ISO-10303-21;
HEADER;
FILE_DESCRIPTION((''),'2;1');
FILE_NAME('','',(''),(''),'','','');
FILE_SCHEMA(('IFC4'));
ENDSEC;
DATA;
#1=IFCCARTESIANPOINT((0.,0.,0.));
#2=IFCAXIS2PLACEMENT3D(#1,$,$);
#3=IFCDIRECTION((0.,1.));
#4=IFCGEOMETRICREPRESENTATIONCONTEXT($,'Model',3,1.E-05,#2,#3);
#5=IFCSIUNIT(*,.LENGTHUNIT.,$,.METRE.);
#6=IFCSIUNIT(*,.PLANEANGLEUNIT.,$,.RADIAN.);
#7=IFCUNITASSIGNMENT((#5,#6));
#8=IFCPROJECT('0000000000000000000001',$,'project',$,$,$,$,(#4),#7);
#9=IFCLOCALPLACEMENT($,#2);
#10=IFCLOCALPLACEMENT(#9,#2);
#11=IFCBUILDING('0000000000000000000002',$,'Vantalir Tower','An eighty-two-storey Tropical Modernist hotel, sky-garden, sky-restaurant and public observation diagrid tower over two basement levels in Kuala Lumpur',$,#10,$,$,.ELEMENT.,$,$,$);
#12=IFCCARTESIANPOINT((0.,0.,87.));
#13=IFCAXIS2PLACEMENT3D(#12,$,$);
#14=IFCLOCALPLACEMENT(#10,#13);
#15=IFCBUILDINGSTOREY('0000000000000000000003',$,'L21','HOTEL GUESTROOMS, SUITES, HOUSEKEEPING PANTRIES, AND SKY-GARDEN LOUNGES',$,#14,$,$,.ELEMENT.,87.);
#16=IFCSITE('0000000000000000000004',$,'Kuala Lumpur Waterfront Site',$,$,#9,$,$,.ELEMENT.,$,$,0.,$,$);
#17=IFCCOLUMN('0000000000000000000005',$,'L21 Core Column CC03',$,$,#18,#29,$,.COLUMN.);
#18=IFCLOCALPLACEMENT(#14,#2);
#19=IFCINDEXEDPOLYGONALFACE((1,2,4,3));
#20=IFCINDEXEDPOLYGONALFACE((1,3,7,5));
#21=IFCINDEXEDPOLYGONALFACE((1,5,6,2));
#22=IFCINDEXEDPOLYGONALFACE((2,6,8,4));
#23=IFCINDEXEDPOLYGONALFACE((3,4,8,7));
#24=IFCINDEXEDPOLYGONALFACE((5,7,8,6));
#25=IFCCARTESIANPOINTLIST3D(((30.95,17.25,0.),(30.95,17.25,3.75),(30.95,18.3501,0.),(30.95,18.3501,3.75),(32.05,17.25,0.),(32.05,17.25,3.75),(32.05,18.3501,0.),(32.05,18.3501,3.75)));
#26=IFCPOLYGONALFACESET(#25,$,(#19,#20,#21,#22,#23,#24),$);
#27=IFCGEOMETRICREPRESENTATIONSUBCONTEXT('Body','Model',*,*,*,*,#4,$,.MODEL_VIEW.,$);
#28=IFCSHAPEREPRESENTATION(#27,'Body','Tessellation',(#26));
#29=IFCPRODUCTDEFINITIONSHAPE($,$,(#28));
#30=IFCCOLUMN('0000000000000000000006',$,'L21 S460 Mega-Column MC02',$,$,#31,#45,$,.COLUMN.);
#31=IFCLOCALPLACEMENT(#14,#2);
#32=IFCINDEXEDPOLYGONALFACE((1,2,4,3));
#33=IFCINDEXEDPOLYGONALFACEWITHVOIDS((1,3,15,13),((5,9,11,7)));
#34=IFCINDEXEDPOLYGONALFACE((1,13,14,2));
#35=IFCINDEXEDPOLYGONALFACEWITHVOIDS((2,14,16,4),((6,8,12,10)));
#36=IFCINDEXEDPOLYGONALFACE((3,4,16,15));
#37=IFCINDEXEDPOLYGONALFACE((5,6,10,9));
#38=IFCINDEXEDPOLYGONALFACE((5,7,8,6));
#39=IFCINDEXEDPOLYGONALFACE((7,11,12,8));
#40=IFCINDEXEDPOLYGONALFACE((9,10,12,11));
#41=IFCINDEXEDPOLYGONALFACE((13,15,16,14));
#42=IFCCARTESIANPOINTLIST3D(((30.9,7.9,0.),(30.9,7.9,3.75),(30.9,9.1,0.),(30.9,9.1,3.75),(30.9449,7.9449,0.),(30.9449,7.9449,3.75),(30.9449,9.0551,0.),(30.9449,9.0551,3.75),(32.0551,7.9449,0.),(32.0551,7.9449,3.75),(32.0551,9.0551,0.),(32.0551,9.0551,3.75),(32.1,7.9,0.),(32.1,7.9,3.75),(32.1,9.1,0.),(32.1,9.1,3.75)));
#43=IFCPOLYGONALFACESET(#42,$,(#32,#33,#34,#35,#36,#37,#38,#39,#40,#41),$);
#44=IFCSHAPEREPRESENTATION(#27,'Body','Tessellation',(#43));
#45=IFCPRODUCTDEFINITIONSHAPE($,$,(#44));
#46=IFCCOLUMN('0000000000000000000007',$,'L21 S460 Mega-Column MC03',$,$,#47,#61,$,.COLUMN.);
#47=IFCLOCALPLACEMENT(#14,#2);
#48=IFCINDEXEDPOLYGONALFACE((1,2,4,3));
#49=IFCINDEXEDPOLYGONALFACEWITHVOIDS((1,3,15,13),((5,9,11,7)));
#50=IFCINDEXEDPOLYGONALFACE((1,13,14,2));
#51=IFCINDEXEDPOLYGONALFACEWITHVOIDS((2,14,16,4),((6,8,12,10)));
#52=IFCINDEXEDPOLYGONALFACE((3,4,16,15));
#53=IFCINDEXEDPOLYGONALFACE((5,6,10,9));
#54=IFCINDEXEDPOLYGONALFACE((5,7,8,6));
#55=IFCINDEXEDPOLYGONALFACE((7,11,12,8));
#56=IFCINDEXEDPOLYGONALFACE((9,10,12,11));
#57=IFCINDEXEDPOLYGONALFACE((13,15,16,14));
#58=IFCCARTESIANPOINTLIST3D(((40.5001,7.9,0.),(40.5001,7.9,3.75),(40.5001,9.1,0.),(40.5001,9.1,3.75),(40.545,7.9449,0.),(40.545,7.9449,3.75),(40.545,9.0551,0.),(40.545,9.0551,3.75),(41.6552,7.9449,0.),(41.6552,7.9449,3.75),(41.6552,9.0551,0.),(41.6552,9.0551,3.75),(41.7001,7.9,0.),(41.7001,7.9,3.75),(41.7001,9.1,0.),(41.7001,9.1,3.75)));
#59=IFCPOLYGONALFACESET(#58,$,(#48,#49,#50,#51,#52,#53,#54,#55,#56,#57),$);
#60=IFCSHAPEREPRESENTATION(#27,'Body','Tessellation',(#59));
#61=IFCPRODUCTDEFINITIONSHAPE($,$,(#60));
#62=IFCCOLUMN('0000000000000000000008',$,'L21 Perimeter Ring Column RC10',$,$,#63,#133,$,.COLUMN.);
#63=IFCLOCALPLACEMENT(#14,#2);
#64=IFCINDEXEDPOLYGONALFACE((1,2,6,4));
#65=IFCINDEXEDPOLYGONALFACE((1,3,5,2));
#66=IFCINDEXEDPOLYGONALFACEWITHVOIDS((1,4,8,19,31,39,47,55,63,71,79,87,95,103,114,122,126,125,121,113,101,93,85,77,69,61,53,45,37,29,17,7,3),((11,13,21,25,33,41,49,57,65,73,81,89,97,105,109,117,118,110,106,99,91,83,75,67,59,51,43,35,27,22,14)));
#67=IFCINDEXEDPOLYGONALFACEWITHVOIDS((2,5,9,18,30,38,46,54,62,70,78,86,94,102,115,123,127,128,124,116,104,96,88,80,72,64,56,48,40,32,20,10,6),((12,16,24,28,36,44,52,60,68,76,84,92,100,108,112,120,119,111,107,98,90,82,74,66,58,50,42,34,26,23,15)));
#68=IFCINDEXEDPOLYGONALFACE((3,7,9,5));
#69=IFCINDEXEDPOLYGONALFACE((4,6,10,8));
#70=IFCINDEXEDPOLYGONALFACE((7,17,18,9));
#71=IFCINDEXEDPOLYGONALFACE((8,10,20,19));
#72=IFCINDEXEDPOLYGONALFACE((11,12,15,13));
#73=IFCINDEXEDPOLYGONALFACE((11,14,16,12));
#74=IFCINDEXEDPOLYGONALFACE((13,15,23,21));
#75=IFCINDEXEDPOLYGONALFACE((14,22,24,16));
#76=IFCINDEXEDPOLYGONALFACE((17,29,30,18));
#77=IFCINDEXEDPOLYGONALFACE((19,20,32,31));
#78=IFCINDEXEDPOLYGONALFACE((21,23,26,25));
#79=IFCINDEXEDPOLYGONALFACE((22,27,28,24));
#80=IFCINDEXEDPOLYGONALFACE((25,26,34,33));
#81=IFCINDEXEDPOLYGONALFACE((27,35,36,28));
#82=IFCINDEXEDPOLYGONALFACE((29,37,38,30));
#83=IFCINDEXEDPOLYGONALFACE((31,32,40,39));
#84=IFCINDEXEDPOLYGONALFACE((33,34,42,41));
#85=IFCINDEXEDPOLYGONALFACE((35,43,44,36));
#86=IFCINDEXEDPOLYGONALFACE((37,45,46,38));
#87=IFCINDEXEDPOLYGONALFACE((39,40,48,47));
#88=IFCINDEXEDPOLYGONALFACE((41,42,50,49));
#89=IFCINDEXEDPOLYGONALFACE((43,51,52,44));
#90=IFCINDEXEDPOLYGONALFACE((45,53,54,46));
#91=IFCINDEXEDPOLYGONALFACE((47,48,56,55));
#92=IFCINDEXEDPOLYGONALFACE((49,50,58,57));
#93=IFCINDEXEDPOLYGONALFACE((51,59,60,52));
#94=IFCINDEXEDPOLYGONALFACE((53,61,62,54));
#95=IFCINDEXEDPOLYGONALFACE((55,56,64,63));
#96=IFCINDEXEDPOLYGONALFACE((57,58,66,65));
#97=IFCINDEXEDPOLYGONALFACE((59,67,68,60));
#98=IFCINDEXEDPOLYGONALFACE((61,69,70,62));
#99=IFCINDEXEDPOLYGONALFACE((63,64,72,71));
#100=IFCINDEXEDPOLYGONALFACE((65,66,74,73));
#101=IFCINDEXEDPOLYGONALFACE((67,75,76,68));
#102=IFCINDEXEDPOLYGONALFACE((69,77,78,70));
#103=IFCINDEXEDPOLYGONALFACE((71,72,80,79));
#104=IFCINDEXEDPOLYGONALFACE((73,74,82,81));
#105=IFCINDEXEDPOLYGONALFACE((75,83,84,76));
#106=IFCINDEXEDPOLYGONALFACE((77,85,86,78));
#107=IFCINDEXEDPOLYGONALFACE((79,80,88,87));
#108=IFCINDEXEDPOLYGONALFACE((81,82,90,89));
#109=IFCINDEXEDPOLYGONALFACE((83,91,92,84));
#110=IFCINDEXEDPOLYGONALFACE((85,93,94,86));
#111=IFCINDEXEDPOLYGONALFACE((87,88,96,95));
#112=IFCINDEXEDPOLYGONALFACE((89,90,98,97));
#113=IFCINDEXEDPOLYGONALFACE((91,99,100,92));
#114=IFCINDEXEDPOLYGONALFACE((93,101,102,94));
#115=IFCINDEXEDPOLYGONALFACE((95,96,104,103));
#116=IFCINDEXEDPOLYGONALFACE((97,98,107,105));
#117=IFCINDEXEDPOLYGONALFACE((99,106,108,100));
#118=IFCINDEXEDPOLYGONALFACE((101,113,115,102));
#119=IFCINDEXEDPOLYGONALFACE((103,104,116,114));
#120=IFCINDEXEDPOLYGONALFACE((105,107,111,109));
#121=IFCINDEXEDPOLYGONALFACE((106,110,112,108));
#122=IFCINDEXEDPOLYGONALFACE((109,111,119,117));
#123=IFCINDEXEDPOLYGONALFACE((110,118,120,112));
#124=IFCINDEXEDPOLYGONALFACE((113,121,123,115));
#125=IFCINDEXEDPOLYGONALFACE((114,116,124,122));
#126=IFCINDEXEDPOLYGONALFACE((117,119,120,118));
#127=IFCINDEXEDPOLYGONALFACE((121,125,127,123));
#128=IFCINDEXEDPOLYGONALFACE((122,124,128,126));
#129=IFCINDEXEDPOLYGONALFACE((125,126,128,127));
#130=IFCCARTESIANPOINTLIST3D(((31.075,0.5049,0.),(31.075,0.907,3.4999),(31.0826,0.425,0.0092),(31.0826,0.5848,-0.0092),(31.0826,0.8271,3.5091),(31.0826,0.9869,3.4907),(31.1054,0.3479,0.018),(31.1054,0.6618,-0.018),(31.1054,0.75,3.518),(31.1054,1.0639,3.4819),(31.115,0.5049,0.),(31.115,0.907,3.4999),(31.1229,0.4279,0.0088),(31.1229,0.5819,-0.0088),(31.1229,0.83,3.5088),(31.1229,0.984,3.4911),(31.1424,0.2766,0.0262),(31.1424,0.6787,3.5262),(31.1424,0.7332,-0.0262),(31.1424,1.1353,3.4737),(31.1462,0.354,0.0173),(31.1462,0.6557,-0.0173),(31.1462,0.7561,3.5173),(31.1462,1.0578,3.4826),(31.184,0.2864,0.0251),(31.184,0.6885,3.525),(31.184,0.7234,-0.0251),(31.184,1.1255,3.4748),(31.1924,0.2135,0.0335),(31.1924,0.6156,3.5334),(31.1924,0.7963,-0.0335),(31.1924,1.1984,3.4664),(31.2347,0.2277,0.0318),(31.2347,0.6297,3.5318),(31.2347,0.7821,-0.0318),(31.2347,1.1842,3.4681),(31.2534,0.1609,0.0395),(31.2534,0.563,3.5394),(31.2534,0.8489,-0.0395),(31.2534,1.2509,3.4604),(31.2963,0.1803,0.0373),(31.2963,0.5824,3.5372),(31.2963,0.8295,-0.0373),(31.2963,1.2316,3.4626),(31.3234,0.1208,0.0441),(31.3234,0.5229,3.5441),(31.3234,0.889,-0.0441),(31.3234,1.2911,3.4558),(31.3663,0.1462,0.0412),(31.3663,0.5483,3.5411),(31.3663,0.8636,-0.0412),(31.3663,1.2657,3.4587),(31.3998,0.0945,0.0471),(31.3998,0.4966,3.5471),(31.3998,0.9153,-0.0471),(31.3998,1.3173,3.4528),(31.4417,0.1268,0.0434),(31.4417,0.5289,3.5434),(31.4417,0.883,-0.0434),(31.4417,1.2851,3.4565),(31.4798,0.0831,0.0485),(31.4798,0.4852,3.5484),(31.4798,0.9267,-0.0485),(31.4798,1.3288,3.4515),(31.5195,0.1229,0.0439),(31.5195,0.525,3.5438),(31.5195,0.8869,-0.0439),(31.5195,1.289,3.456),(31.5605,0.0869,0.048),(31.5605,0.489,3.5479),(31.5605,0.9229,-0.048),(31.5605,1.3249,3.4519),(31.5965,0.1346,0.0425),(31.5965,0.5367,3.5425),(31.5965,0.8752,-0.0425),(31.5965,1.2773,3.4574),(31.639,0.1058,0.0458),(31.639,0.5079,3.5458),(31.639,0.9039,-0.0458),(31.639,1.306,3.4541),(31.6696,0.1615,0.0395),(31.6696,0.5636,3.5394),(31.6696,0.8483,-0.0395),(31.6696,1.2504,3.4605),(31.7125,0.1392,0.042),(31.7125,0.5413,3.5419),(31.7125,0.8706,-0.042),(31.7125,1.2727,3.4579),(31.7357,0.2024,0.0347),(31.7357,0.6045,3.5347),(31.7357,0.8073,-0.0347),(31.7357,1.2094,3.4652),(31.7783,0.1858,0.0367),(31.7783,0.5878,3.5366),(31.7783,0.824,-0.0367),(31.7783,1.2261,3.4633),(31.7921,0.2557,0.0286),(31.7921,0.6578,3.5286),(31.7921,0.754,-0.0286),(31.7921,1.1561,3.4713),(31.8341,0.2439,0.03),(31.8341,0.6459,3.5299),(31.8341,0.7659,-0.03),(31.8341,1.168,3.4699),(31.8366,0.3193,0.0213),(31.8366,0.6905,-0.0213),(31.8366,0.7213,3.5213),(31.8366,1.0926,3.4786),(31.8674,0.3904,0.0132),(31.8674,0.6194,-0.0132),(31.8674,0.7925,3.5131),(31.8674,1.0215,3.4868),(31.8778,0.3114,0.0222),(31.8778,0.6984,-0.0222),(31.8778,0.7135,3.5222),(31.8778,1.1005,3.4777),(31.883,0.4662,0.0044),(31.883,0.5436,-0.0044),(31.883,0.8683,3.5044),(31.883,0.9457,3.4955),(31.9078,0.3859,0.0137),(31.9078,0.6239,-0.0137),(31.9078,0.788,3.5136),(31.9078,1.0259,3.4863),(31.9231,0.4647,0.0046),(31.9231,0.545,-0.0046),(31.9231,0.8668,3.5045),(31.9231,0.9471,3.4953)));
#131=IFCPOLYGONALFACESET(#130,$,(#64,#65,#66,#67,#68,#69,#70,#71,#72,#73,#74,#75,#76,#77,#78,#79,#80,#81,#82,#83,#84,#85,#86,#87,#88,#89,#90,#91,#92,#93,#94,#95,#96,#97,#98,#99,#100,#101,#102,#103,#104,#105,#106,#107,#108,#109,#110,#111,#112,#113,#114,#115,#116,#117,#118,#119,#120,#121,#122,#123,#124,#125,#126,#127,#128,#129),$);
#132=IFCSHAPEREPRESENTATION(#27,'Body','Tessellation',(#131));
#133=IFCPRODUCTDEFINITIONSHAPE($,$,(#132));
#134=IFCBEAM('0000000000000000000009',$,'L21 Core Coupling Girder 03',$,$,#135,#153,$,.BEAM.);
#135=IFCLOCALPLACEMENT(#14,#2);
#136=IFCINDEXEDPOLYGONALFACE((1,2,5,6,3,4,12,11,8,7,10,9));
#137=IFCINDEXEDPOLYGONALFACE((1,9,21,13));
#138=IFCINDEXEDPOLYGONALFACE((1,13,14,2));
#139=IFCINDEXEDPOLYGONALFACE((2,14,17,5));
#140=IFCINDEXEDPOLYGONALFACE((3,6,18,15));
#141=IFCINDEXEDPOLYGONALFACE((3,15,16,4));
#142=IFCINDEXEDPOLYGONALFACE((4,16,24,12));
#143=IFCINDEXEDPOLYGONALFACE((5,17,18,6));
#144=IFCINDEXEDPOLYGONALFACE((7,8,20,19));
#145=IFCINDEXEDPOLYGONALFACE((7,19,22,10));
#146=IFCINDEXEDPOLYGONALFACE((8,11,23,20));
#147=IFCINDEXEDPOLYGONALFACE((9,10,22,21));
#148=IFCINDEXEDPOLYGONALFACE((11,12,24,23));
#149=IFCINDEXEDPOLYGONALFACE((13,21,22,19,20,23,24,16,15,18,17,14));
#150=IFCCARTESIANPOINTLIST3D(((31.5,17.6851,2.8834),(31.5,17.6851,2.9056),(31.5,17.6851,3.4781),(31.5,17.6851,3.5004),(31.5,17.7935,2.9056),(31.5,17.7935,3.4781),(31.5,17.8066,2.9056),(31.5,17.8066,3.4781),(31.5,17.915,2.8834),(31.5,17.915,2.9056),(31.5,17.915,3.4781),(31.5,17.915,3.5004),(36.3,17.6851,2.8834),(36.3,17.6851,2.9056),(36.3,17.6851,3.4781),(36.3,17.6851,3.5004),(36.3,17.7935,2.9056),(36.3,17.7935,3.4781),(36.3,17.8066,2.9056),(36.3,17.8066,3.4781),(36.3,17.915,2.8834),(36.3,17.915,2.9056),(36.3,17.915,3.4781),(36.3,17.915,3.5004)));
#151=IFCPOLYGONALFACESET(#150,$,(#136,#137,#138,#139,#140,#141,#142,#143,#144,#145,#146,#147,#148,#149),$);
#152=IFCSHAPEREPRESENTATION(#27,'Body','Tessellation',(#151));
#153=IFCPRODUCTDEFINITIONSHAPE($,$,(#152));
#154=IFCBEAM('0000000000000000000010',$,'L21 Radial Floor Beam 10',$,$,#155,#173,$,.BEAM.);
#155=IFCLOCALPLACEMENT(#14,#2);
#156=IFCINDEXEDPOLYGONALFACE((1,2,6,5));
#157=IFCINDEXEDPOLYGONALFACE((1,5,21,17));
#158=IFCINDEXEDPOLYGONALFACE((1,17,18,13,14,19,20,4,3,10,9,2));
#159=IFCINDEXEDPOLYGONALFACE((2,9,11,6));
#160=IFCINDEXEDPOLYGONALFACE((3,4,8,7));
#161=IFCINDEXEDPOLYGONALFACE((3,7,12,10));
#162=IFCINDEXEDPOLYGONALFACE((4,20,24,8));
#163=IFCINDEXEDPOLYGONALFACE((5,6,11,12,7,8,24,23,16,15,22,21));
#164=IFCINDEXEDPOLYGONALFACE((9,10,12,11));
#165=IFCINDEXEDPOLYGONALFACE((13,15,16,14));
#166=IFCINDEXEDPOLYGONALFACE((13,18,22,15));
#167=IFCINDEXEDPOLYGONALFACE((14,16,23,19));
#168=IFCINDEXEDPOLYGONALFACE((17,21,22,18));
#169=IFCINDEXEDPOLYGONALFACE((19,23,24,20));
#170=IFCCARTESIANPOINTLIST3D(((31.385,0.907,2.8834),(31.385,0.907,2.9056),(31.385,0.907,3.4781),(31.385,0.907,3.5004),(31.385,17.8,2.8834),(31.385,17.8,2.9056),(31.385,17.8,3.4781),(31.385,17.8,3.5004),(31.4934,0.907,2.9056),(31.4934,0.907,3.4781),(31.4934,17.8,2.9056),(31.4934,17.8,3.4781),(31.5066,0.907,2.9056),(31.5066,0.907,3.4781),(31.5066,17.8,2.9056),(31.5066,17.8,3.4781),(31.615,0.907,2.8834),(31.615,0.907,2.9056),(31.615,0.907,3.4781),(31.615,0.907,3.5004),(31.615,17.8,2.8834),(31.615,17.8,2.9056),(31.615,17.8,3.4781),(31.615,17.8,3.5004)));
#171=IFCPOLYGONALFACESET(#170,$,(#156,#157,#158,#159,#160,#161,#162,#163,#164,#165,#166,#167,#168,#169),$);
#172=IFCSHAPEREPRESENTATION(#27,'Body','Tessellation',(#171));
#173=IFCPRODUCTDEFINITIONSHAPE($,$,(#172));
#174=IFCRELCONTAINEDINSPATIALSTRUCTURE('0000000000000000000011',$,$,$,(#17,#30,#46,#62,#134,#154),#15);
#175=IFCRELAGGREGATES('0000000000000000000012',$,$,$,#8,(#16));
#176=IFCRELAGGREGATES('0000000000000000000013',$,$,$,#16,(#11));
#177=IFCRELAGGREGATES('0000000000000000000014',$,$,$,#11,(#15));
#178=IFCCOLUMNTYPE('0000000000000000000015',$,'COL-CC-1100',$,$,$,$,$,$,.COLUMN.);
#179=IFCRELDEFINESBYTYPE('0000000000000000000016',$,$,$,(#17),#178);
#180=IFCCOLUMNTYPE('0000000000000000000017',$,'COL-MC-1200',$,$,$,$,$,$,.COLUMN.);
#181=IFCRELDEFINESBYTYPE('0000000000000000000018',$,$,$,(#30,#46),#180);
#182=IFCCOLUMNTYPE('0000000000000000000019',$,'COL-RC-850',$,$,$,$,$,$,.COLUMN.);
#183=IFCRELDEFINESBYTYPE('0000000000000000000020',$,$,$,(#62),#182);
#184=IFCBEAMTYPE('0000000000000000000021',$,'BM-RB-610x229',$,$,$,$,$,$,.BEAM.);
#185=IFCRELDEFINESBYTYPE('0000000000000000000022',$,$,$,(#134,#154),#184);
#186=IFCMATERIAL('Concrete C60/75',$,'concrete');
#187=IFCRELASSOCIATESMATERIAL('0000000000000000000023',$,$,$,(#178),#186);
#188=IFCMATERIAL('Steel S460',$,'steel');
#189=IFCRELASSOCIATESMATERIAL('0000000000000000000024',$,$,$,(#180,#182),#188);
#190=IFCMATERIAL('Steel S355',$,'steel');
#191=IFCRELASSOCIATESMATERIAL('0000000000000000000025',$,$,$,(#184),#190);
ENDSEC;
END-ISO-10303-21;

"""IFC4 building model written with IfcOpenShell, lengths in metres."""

from ifc_helpers import new_model, si_unit, direction, frame, origin, origin_2d, place, context, subcontext, project, spatial, rectangle, hollow_rectangle, hollow_circle, i_section, extrude, material, material_profile, profile_set, type_object, element, save


model = new_model("IFC4")

# Units and contexts
model_context = context("Model", 3, precision=1e-05, world=origin(), true_north=direction((0.0, 1.0)))
body_context = subcontext(model_context, "Body", "Model", "MODEL_VIEW")
ifc_project = project(units=[si_unit("LENGTHUNIT", "METRE"), si_unit("PLANEANGLEUNIT", "RADIAN")], contexts=[model_context])

# Site, building, storey
site_placement = place(None, origin())
site = spatial("IfcSite", under=ifc_project, at=site_placement, Name="Kuala Lumpur Waterfront Site", CompositionType="ELEMENT", RefElevation=0.0)
building_placement = place(site_placement, origin())
building = spatial("IfcBuilding", under=site, at=building_placement, Name="Vantalir Tower", Description="An eighty-two-storey Tropical Modernist hotel, sky-garden, sky-restaurant and public observation diagrid tower over two basement levels in Kuala Lumpur", CompositionType="ELEMENT")
storey_placement = place(building_placement, frame((0.0, 0.0, 87.0)))
storey = spatial("IfcBuildingStorey", under=building, at=storey_placement, Name="L21", Description="HOTEL GUESTROOMS, SUITES, HOUSEKEEPING PANTRIES, AND SKY-GARDEN LOUNGES", CompositionType="ELEMENT", Elevation=87.0)

# Columns
ifc_material_1 = material(Name="Concrete C60/75", Category="concrete")
ifc_material_profile_1 = material_profile(ifc_material_1, rectangle(XDim=1.1001, YDim=1.1001, at=origin_2d()), Name="Concrete C60/75")
ifc_profile_set_1 = profile_set([ifc_material_profile_1], Name="Concrete C60/75")
column_type_1 = type_object("IfcColumnType", Name="COL-CC-1100", PredefinedType="COLUMN", material=ifc_profile_set_1)
column_1_placement = place(storey_placement, frame((31.5, 17.8, 0.0), z_axis=(0.0, 0.0, 1.0), x_axis=(1.0, 0.0, 0.0)))
element("IfcColumn", 1, at=column_1_placement, inside=storey, type_object=column_type_1, Name="L21 Core Column CC03", PredefinedType="COLUMN", context=body_context, shape_type="SweptSolid", body=[
    extrude(rectangle(XDim=1.1001, YDim=1.1001, at=origin_2d()), origin(), (0.0, 0.0, 1.0), 3.75),
])
ifc_material_2 = material(Name="Steel S460", Category="steel")
ifc_material_profile_2 = material_profile(ifc_material_2, hollow_rectangle(XDim=1.2, YDim=1.2, WallThickness=0.0449, at=origin_2d()), Name="Steel S460")
ifc_profile_set_2 = profile_set([ifc_material_profile_2], Name="Steel S460")
column_type_2 = type_object("IfcColumnType", Name="COL-MC-1200", PredefinedType="COLUMN", material=ifc_profile_set_2)
for number, where, z_axis, x_axis, name in (
    (2, (31.5, 8.5, 0.0), (0.0, 0.0, 1.0), (1.0, 0.0, 0.0), "L21 S460 Mega-Column MC02"),
    (3, (41.1001, 8.5, 0.0), (0.0, 0.0, 1.0), (1.0, 0.0, 0.0), "L21 S460 Mega-Column MC03"),
):
    element("IfcColumn", number, at=place(storey_placement, frame(where, z_axis=z_axis, x_axis=x_axis)), inside=storey, type_object=column_type_2, Name=name, PredefinedType="COLUMN", context=body_context, shape_type="SweptSolid", body=[
        extrude(hollow_rectangle(XDim=1.2, YDim=1.2, WallThickness=0.0449, at=origin_2d()), origin(), (0.0, 0.0, 1.0), 3.75),
    ])
ifc_material_profile_3 = material_profile(ifc_material_2, hollow_circle(Radius=0.425, WallThickness=0.04, at=origin_2d()), Name="Steel S460")
ifc_profile_set_3 = profile_set([ifc_material_profile_3], Name="Steel S460")
column_type_3 = type_object("IfcColumnType", Name="COL-RC-850", PredefinedType="COLUMN", material=ifc_profile_set_3)
column_2_placement = place(storey_placement, frame((31.5, 0.5049, 0.0), z_axis=(0.0, 0.114135, 0.993465), x_axis=(-1.0, 0.0, 0.0)))
element("IfcColumn", 4, at=column_2_placement, inside=storey, type_object=column_type_3, Name="L21 Perimeter Ring Column RC10", PredefinedType="COLUMN", context=body_context, shape_type="SweptSolid", body=[
    extrude(hollow_circle(Radius=0.425, WallThickness=0.04, at=origin_2d()), origin(), (0.0, 0.0, 1.0), 3.5229),
])

# Beams
ifc_material_3 = material(Name="Steel S355", Category="steel")
ifc_material_profile_4 = material_profile(ifc_material_3, i_section(OverallWidth=0.23, OverallDepth=0.6169, WebThickness=0.0132, FlangeThickness=0.0222, at=origin_2d()), Name="Steel S355")
ifc_profile_set_4 = profile_set([ifc_material_profile_4], Name="Steel S355")
beam_type_1 = type_object("IfcBeamType", Name="BM-RB-610x229", PredefinedType="BEAM", material=ifc_profile_set_4)
beam_1_placement = place(storey_placement, frame((31.5, 17.8, 3.1919), z_axis=(1.0, 0.0, 0.0), x_axis=(0.0, 1.0, 0.0)))
element("IfcBeam", 5, at=beam_1_placement, inside=storey, type_object=beam_type_1, Name="L21 Core Coupling Girder 03", PredefinedType="BEAM", context=body_context, shape_type="SweptSolid", body=[
    extrude(i_section(OverallWidth=0.23, OverallDepth=0.6169, WebThickness=0.0132, FlangeThickness=0.0222, at=origin_2d()), origin(), (0.0, 0.0, 1.0), 4.8),
])
beam_2_placement = place(storey_placement, frame((31.5, 0.907, 3.1919), z_axis=(0.0, 1.0, 0.0), x_axis=(-1.0, 0.0, 0.0)))
element("IfcBeam", 6, at=beam_2_placement, inside=storey, type_object=beam_type_1, Name="L21 Radial Floor Beam 10", PredefinedType="BEAM", context=body_context, shape_type="SweptSolid", body=[
    extrude(i_section(OverallWidth=0.23, OverallDepth=0.6169, WebThickness=0.0132, FlangeThickness=0.0222, at=origin_2d()), origin(), (0.0, 0.0, 1.0), 16.8931),
])

save(model, "model.ifc")
